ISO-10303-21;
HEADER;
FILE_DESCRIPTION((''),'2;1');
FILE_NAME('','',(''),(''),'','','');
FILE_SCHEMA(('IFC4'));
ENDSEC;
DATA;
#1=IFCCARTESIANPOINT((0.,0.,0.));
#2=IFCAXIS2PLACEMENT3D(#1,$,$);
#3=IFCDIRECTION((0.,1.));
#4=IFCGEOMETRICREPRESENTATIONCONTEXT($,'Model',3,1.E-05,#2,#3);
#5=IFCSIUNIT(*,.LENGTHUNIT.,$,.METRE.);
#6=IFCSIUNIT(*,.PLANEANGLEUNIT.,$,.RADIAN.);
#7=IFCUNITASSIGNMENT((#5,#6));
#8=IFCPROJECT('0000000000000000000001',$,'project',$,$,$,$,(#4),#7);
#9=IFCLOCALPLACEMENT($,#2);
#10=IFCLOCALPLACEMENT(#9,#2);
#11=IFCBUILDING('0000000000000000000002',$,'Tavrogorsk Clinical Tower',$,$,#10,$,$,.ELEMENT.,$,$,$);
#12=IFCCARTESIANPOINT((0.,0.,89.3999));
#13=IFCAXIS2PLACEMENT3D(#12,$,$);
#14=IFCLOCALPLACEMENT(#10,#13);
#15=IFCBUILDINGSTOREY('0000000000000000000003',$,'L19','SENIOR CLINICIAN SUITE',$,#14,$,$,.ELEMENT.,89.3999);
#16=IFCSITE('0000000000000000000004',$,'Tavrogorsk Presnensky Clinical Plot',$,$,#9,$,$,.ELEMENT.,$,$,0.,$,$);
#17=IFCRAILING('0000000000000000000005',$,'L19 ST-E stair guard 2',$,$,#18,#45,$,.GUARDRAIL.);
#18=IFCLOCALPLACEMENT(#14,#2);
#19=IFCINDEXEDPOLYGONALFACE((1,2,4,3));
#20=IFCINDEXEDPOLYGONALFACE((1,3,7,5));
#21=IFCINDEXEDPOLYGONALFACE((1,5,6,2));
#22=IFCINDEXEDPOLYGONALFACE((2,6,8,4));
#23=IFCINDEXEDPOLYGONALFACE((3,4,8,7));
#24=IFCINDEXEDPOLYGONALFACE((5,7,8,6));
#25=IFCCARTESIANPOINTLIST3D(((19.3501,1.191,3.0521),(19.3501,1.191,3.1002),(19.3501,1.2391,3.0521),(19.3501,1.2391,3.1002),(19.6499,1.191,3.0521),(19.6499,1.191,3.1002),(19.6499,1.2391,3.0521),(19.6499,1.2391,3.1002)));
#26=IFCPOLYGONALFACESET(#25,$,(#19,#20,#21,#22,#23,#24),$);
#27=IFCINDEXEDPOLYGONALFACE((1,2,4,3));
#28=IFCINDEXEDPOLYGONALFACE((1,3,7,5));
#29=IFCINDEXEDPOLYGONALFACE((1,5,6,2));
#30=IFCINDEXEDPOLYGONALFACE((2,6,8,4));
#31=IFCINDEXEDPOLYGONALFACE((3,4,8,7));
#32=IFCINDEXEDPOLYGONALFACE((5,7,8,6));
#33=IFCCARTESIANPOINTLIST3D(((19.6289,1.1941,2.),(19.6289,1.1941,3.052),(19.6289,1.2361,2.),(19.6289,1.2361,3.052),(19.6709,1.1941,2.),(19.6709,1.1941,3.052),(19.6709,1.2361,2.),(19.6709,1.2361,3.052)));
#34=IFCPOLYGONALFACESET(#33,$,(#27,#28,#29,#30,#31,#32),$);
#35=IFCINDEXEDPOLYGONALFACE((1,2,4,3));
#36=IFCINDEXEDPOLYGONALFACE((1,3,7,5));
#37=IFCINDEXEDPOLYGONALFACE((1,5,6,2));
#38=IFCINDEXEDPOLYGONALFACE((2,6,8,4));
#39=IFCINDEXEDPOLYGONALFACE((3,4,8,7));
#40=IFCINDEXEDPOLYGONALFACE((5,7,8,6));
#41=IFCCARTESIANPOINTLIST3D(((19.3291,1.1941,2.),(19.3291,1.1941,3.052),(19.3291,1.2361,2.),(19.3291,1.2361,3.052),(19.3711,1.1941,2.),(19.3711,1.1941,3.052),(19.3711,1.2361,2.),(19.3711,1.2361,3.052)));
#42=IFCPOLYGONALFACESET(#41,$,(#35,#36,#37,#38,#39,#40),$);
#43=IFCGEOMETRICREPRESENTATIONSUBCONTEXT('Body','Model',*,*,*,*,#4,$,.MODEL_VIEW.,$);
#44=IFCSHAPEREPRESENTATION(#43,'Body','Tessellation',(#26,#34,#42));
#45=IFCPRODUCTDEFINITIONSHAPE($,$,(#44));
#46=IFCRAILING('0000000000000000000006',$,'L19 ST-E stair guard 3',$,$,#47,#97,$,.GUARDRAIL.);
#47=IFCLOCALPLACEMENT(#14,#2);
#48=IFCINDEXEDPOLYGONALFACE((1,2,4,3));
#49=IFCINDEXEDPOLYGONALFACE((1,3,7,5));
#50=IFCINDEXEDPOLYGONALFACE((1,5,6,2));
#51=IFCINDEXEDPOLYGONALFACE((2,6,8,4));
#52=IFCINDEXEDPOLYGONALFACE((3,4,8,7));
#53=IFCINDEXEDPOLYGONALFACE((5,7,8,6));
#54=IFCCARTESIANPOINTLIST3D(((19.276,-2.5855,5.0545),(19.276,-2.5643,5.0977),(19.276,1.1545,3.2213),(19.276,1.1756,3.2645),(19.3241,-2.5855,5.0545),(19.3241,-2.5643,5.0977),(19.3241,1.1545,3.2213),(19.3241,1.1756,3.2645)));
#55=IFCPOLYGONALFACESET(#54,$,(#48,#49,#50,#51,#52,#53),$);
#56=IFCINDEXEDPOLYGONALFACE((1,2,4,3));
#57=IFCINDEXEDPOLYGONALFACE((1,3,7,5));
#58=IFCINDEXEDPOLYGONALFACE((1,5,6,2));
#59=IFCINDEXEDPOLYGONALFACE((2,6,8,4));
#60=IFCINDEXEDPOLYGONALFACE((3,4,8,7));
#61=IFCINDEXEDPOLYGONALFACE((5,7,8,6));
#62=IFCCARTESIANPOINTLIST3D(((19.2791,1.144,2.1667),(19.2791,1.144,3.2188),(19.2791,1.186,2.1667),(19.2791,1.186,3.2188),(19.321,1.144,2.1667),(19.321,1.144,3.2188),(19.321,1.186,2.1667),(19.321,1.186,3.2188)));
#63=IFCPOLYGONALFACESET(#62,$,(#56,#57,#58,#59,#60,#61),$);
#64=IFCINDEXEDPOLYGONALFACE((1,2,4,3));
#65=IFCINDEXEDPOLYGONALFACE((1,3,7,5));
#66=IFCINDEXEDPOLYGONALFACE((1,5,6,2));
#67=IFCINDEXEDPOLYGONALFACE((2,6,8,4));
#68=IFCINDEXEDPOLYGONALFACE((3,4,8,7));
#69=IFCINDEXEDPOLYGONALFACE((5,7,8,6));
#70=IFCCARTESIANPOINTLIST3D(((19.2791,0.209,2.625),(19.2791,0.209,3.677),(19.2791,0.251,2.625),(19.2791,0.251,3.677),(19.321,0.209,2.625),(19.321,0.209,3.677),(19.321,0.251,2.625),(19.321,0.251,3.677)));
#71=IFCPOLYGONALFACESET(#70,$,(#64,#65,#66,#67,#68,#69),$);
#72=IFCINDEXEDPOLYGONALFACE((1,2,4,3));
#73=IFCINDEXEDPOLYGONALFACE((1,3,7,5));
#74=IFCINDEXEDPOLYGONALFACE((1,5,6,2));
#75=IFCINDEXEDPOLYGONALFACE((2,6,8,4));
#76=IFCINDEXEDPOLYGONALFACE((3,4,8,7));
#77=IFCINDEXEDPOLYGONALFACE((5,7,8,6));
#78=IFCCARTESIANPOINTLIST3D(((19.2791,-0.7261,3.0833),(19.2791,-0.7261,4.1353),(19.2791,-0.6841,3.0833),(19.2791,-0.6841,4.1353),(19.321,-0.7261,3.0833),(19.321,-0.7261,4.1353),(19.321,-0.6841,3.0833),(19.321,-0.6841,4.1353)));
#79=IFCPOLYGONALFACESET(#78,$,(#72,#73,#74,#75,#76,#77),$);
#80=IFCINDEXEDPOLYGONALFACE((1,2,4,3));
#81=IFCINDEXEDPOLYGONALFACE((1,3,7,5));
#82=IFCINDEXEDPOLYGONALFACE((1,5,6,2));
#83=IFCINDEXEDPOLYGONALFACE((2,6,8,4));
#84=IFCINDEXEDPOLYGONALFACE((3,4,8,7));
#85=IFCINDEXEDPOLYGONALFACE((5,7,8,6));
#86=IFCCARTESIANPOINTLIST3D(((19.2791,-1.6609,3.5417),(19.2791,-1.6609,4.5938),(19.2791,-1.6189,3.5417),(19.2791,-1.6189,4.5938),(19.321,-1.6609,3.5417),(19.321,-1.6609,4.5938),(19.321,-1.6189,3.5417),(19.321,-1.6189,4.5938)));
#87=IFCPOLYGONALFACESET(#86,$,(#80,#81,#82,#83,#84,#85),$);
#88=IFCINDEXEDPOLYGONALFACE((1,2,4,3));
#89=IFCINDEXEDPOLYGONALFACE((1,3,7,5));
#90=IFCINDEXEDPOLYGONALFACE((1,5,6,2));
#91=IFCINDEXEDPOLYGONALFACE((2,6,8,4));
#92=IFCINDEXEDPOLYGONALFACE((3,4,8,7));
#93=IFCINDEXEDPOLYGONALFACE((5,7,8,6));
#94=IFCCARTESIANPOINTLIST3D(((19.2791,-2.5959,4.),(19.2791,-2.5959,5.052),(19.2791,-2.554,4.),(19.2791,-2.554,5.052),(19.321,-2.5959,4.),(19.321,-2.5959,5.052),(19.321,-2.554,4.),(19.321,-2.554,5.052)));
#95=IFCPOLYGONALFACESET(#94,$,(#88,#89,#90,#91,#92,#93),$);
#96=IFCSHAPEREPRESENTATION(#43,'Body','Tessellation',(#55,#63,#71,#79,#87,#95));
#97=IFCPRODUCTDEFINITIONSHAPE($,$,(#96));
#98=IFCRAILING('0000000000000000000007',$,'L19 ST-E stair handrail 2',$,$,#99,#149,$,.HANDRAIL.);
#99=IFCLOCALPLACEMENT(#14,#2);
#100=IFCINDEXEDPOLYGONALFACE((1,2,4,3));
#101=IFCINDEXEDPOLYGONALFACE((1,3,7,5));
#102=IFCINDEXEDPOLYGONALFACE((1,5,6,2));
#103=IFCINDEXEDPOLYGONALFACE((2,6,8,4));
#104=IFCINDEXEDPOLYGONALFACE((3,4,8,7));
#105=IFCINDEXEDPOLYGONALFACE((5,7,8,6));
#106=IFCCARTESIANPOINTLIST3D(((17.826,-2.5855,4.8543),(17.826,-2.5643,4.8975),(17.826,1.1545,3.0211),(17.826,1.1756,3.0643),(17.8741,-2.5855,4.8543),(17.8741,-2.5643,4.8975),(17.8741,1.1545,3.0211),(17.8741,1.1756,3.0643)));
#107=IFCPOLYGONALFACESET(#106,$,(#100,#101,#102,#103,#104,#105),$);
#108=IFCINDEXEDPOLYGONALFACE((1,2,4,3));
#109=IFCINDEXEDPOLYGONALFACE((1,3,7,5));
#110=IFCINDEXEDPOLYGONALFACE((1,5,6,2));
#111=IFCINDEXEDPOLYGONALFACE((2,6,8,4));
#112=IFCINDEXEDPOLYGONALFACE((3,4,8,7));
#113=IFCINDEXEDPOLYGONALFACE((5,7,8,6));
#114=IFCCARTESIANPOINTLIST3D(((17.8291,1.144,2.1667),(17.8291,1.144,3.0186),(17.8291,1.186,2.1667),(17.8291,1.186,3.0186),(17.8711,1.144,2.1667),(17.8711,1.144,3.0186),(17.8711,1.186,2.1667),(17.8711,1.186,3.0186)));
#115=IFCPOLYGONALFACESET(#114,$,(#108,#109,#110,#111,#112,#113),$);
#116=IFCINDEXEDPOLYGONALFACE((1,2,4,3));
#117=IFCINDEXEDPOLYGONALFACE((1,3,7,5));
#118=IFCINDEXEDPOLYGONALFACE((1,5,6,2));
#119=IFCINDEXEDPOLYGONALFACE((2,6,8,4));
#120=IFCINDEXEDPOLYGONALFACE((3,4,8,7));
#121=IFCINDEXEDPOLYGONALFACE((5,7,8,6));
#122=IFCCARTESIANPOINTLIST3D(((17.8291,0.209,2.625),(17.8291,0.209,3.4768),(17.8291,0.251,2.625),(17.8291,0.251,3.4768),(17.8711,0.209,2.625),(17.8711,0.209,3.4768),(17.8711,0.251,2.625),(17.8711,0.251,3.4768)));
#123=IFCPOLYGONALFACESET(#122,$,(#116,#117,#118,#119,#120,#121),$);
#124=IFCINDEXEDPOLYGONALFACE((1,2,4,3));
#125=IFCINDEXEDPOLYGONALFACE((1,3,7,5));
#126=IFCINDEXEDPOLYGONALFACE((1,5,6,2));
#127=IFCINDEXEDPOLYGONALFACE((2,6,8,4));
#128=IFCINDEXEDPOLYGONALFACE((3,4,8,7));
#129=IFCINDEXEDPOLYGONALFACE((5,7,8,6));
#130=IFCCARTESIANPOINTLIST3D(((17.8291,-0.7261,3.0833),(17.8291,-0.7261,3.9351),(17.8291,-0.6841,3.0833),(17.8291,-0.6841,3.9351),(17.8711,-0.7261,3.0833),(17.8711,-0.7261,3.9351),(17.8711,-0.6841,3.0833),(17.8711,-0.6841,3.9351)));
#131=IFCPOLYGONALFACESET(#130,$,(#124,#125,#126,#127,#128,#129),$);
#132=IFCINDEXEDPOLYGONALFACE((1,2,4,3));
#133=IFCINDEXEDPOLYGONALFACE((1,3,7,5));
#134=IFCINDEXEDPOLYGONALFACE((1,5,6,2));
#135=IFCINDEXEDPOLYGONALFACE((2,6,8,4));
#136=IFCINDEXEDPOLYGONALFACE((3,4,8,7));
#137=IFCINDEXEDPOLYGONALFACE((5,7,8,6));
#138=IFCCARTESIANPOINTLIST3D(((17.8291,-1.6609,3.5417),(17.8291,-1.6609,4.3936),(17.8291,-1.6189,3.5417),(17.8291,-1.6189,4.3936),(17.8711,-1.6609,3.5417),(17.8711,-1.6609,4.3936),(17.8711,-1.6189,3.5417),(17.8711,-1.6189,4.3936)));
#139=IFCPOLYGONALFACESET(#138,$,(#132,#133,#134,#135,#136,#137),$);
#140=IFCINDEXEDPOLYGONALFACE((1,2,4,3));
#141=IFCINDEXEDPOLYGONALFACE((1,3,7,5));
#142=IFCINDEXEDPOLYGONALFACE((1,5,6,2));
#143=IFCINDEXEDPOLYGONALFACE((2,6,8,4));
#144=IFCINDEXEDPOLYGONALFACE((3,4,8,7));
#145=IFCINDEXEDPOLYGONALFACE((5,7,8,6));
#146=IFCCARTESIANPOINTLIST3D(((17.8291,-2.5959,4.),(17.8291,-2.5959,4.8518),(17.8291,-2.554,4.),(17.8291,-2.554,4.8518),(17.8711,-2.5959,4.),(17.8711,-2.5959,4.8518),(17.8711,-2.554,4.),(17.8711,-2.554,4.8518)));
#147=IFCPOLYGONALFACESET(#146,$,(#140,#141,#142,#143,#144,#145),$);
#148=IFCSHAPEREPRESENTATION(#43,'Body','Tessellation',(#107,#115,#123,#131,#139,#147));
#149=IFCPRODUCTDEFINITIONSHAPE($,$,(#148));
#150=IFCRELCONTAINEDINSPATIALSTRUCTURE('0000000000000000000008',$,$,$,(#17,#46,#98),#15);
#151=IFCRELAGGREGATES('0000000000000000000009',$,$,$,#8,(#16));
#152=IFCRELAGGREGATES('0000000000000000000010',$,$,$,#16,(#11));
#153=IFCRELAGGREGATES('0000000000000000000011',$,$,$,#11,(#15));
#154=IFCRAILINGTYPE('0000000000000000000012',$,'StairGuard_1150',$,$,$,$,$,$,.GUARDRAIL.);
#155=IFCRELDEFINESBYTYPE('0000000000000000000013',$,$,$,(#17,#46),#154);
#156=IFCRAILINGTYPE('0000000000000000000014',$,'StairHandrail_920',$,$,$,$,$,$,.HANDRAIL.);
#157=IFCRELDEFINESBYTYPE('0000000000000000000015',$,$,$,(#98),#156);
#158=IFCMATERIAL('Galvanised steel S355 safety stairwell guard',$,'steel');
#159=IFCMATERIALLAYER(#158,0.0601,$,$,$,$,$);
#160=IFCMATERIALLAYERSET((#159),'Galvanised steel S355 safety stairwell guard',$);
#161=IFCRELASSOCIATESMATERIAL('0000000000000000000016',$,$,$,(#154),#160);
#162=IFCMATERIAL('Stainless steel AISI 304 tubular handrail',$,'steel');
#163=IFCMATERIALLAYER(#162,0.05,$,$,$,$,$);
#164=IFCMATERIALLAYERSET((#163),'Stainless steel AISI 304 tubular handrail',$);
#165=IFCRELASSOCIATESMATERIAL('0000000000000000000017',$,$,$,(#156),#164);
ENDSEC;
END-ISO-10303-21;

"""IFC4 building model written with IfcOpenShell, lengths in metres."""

from ifc_helpers import new_model, si_unit, direction, frame, origin, origin_2d, place, context, subcontext, project, spatial, rectangle, extrude, material, layer, layer_set, type_object, element, save


model = new_model("IFC4")

# Units and contexts
model_context = context("Model", 3, precision=1e-05, world=origin(), true_north=direction((0.0, 1.0)))
body_context = subcontext(model_context, "Body", "Model", "MODEL_VIEW")
ifc_project = project(units=[si_unit("LENGTHUNIT", "METRE"), si_unit("PLANEANGLEUNIT", "RADIAN")], contexts=[model_context])

# Site, building, storey
site_placement = place(None, origin())
site = spatial("IfcSite", under=ifc_project, at=site_placement, Name="Tavrogorsk Presnensky Clinical Plot", CompositionType="ELEMENT", RefElevation=0.0)
building_placement = place(site_placement, origin())
building = spatial("IfcBuilding", under=site, at=building_placement, Name="Tavrogorsk Clinical Tower", CompositionType="ELEMENT")
storey_placement = place(building_placement, frame((0.0, 0.0, 89.3999)))
storey = spatial("IfcBuildingStorey", under=building, at=storey_placement, Name="L19", Description="SENIOR CLINICIAN SUITE", CompositionType="ELEMENT", Elevation=89.3999)

# Railings
ifc_material_1 = material(Name="Galvanised steel S355 safety stairwell guard", Category="steel")
ifc_layer_1 = layer(ifc_material_1, 0.0601)
ifc_layer_set_1 = layer_set([ifc_layer_1], Name="Galvanised steel S355 safety stairwell guard")
railing_type_1 = type_object("IfcRailingType", Name="StairGuard_1150", PredefinedType="GUARDRAIL", material=ifc_layer_set_1)
railing_1_placement = place(storey_placement, frame((19.6499, 1.2151, 2.0)))
element("IfcRailing", 1, at=railing_1_placement, inside=storey, type_object=railing_type_1, Name="L19 ST-E stair guard 2", PredefinedType="GUARDRAIL", context=body_context, shape_type="SweptSolid", body=[
    extrude(rectangle(XDim=0.0481, YDim=0.0481, at=origin_2d()), frame((0.0, 0.0, 1.0762), z_axis=(-1.0, 0.0, 0.0), x_axis=(0.0, -1.0, 0.0)), (0.0, 0.0, 1.0), 0.2998),
    extrude(rectangle(XDim=0.042, YDim=0.042, at=origin_2d()), origin(), (0.0, 0.0, 1.0), 1.052),
    extrude(rectangle(XDim=0.042, YDim=0.042, at=origin_2d()), frame((-0.2998, 0.0, 0.0)), (0.0, 0.0, 1.0), 1.052),
])
railing_2_placement = place(storey_placement, frame((19.3, 1.165, 2.1667)))
element("IfcRailing", 2, at=railing_2_placement, inside=storey, type_object=railing_type_1, Name="L19 ST-E stair guard 3", PredefinedType="GUARDRAIL", context=body_context, shape_type="SweptSolid", body=[
    extrude(rectangle(XDim=0.0481, YDim=0.0481, at=origin_2d()), frame((0.0, 0.0, 1.0762), z_axis=(0.0, -0.897928, 0.440142), x_axis=(1.0, 0.0, 0.0)), (0.0, 0.0, 1.0), 4.165),
    extrude(rectangle(XDim=0.042, YDim=0.042, at=origin_2d()), origin(), (0.0, 0.0, 1.0), 1.052),
    extrude(rectangle(XDim=0.042, YDim=0.042, at=origin_2d()), frame((0.0, -0.9351, 0.4583)), (0.0, 0.0, 1.0), 1.052),
    extrude(rectangle(XDim=0.042, YDim=0.042, at=origin_2d()), frame((0.0, -1.8701, 0.9165)), (0.0, 0.0, 1.0), 1.052),
    extrude(rectangle(XDim=0.042, YDim=0.042, at=origin_2d()), frame((0.0, -2.8049, 1.375)), (0.0, 0.0, 1.0), 1.052),
    extrude(rectangle(XDim=0.042, YDim=0.042, at=origin_2d()), frame((0.0, -3.74, 1.8333)), (0.0, 0.0, 1.0), 1.052),
])
ifc_material_2 = material(Name="Stainless steel AISI 304 tubular handrail", Category="steel")
ifc_layer_2 = layer(ifc_material_2, 0.05)
ifc_layer_set_2 = layer_set([ifc_layer_2], Name="Stainless steel AISI 304 tubular handrail")
railing_type_2 = type_object("IfcRailingType", Name="StairHandrail_920", PredefinedType="HANDRAIL", material=ifc_layer_set_2)
railing_3_placement = place(storey_placement, frame((17.8501, 1.165, 2.1667)))
element("IfcRailing", 3, at=railing_3_placement, inside=storey, type_object=railing_type_2, Name="L19 ST-E stair handrail 2", PredefinedType="HANDRAIL", context=body_context, shape_type="SweptSolid", body=[
    extrude(rectangle(XDim=0.0481, YDim=0.0481, at=origin_2d()), frame((0.0, 0.0, 0.876), z_axis=(0.0, -0.897928, 0.440142), x_axis=(1.0, 0.0, 0.0)), (0.0, 0.0, 1.0), 4.165),
    extrude(rectangle(XDim=0.042, YDim=0.042, at=origin_2d()), origin(), (0.0, 0.0, 1.0), 0.8518),
    extrude(rectangle(XDim=0.042, YDim=0.042, at=origin_2d()), frame((0.0, -0.9351, 0.4583)), (0.0, 0.0, 1.0), 0.8518),
    extrude(rectangle(XDim=0.042, YDim=0.042, at=origin_2d()), frame((0.0, -1.8701, 0.9165)), (0.0, 0.0, 1.0), 0.8518),
    extrude(rectangle(XDim=0.042, YDim=0.042, at=origin_2d()), frame((0.0, -2.8049, 1.375)), (0.0, 0.0, 1.0), 0.8518),
    extrude(rectangle(XDim=0.042, YDim=0.042, at=origin_2d()), frame((0.0, -3.74, 1.8333)), (0.0, 0.0, 1.0), 0.8518),
])

save(model, "model.ifc")
